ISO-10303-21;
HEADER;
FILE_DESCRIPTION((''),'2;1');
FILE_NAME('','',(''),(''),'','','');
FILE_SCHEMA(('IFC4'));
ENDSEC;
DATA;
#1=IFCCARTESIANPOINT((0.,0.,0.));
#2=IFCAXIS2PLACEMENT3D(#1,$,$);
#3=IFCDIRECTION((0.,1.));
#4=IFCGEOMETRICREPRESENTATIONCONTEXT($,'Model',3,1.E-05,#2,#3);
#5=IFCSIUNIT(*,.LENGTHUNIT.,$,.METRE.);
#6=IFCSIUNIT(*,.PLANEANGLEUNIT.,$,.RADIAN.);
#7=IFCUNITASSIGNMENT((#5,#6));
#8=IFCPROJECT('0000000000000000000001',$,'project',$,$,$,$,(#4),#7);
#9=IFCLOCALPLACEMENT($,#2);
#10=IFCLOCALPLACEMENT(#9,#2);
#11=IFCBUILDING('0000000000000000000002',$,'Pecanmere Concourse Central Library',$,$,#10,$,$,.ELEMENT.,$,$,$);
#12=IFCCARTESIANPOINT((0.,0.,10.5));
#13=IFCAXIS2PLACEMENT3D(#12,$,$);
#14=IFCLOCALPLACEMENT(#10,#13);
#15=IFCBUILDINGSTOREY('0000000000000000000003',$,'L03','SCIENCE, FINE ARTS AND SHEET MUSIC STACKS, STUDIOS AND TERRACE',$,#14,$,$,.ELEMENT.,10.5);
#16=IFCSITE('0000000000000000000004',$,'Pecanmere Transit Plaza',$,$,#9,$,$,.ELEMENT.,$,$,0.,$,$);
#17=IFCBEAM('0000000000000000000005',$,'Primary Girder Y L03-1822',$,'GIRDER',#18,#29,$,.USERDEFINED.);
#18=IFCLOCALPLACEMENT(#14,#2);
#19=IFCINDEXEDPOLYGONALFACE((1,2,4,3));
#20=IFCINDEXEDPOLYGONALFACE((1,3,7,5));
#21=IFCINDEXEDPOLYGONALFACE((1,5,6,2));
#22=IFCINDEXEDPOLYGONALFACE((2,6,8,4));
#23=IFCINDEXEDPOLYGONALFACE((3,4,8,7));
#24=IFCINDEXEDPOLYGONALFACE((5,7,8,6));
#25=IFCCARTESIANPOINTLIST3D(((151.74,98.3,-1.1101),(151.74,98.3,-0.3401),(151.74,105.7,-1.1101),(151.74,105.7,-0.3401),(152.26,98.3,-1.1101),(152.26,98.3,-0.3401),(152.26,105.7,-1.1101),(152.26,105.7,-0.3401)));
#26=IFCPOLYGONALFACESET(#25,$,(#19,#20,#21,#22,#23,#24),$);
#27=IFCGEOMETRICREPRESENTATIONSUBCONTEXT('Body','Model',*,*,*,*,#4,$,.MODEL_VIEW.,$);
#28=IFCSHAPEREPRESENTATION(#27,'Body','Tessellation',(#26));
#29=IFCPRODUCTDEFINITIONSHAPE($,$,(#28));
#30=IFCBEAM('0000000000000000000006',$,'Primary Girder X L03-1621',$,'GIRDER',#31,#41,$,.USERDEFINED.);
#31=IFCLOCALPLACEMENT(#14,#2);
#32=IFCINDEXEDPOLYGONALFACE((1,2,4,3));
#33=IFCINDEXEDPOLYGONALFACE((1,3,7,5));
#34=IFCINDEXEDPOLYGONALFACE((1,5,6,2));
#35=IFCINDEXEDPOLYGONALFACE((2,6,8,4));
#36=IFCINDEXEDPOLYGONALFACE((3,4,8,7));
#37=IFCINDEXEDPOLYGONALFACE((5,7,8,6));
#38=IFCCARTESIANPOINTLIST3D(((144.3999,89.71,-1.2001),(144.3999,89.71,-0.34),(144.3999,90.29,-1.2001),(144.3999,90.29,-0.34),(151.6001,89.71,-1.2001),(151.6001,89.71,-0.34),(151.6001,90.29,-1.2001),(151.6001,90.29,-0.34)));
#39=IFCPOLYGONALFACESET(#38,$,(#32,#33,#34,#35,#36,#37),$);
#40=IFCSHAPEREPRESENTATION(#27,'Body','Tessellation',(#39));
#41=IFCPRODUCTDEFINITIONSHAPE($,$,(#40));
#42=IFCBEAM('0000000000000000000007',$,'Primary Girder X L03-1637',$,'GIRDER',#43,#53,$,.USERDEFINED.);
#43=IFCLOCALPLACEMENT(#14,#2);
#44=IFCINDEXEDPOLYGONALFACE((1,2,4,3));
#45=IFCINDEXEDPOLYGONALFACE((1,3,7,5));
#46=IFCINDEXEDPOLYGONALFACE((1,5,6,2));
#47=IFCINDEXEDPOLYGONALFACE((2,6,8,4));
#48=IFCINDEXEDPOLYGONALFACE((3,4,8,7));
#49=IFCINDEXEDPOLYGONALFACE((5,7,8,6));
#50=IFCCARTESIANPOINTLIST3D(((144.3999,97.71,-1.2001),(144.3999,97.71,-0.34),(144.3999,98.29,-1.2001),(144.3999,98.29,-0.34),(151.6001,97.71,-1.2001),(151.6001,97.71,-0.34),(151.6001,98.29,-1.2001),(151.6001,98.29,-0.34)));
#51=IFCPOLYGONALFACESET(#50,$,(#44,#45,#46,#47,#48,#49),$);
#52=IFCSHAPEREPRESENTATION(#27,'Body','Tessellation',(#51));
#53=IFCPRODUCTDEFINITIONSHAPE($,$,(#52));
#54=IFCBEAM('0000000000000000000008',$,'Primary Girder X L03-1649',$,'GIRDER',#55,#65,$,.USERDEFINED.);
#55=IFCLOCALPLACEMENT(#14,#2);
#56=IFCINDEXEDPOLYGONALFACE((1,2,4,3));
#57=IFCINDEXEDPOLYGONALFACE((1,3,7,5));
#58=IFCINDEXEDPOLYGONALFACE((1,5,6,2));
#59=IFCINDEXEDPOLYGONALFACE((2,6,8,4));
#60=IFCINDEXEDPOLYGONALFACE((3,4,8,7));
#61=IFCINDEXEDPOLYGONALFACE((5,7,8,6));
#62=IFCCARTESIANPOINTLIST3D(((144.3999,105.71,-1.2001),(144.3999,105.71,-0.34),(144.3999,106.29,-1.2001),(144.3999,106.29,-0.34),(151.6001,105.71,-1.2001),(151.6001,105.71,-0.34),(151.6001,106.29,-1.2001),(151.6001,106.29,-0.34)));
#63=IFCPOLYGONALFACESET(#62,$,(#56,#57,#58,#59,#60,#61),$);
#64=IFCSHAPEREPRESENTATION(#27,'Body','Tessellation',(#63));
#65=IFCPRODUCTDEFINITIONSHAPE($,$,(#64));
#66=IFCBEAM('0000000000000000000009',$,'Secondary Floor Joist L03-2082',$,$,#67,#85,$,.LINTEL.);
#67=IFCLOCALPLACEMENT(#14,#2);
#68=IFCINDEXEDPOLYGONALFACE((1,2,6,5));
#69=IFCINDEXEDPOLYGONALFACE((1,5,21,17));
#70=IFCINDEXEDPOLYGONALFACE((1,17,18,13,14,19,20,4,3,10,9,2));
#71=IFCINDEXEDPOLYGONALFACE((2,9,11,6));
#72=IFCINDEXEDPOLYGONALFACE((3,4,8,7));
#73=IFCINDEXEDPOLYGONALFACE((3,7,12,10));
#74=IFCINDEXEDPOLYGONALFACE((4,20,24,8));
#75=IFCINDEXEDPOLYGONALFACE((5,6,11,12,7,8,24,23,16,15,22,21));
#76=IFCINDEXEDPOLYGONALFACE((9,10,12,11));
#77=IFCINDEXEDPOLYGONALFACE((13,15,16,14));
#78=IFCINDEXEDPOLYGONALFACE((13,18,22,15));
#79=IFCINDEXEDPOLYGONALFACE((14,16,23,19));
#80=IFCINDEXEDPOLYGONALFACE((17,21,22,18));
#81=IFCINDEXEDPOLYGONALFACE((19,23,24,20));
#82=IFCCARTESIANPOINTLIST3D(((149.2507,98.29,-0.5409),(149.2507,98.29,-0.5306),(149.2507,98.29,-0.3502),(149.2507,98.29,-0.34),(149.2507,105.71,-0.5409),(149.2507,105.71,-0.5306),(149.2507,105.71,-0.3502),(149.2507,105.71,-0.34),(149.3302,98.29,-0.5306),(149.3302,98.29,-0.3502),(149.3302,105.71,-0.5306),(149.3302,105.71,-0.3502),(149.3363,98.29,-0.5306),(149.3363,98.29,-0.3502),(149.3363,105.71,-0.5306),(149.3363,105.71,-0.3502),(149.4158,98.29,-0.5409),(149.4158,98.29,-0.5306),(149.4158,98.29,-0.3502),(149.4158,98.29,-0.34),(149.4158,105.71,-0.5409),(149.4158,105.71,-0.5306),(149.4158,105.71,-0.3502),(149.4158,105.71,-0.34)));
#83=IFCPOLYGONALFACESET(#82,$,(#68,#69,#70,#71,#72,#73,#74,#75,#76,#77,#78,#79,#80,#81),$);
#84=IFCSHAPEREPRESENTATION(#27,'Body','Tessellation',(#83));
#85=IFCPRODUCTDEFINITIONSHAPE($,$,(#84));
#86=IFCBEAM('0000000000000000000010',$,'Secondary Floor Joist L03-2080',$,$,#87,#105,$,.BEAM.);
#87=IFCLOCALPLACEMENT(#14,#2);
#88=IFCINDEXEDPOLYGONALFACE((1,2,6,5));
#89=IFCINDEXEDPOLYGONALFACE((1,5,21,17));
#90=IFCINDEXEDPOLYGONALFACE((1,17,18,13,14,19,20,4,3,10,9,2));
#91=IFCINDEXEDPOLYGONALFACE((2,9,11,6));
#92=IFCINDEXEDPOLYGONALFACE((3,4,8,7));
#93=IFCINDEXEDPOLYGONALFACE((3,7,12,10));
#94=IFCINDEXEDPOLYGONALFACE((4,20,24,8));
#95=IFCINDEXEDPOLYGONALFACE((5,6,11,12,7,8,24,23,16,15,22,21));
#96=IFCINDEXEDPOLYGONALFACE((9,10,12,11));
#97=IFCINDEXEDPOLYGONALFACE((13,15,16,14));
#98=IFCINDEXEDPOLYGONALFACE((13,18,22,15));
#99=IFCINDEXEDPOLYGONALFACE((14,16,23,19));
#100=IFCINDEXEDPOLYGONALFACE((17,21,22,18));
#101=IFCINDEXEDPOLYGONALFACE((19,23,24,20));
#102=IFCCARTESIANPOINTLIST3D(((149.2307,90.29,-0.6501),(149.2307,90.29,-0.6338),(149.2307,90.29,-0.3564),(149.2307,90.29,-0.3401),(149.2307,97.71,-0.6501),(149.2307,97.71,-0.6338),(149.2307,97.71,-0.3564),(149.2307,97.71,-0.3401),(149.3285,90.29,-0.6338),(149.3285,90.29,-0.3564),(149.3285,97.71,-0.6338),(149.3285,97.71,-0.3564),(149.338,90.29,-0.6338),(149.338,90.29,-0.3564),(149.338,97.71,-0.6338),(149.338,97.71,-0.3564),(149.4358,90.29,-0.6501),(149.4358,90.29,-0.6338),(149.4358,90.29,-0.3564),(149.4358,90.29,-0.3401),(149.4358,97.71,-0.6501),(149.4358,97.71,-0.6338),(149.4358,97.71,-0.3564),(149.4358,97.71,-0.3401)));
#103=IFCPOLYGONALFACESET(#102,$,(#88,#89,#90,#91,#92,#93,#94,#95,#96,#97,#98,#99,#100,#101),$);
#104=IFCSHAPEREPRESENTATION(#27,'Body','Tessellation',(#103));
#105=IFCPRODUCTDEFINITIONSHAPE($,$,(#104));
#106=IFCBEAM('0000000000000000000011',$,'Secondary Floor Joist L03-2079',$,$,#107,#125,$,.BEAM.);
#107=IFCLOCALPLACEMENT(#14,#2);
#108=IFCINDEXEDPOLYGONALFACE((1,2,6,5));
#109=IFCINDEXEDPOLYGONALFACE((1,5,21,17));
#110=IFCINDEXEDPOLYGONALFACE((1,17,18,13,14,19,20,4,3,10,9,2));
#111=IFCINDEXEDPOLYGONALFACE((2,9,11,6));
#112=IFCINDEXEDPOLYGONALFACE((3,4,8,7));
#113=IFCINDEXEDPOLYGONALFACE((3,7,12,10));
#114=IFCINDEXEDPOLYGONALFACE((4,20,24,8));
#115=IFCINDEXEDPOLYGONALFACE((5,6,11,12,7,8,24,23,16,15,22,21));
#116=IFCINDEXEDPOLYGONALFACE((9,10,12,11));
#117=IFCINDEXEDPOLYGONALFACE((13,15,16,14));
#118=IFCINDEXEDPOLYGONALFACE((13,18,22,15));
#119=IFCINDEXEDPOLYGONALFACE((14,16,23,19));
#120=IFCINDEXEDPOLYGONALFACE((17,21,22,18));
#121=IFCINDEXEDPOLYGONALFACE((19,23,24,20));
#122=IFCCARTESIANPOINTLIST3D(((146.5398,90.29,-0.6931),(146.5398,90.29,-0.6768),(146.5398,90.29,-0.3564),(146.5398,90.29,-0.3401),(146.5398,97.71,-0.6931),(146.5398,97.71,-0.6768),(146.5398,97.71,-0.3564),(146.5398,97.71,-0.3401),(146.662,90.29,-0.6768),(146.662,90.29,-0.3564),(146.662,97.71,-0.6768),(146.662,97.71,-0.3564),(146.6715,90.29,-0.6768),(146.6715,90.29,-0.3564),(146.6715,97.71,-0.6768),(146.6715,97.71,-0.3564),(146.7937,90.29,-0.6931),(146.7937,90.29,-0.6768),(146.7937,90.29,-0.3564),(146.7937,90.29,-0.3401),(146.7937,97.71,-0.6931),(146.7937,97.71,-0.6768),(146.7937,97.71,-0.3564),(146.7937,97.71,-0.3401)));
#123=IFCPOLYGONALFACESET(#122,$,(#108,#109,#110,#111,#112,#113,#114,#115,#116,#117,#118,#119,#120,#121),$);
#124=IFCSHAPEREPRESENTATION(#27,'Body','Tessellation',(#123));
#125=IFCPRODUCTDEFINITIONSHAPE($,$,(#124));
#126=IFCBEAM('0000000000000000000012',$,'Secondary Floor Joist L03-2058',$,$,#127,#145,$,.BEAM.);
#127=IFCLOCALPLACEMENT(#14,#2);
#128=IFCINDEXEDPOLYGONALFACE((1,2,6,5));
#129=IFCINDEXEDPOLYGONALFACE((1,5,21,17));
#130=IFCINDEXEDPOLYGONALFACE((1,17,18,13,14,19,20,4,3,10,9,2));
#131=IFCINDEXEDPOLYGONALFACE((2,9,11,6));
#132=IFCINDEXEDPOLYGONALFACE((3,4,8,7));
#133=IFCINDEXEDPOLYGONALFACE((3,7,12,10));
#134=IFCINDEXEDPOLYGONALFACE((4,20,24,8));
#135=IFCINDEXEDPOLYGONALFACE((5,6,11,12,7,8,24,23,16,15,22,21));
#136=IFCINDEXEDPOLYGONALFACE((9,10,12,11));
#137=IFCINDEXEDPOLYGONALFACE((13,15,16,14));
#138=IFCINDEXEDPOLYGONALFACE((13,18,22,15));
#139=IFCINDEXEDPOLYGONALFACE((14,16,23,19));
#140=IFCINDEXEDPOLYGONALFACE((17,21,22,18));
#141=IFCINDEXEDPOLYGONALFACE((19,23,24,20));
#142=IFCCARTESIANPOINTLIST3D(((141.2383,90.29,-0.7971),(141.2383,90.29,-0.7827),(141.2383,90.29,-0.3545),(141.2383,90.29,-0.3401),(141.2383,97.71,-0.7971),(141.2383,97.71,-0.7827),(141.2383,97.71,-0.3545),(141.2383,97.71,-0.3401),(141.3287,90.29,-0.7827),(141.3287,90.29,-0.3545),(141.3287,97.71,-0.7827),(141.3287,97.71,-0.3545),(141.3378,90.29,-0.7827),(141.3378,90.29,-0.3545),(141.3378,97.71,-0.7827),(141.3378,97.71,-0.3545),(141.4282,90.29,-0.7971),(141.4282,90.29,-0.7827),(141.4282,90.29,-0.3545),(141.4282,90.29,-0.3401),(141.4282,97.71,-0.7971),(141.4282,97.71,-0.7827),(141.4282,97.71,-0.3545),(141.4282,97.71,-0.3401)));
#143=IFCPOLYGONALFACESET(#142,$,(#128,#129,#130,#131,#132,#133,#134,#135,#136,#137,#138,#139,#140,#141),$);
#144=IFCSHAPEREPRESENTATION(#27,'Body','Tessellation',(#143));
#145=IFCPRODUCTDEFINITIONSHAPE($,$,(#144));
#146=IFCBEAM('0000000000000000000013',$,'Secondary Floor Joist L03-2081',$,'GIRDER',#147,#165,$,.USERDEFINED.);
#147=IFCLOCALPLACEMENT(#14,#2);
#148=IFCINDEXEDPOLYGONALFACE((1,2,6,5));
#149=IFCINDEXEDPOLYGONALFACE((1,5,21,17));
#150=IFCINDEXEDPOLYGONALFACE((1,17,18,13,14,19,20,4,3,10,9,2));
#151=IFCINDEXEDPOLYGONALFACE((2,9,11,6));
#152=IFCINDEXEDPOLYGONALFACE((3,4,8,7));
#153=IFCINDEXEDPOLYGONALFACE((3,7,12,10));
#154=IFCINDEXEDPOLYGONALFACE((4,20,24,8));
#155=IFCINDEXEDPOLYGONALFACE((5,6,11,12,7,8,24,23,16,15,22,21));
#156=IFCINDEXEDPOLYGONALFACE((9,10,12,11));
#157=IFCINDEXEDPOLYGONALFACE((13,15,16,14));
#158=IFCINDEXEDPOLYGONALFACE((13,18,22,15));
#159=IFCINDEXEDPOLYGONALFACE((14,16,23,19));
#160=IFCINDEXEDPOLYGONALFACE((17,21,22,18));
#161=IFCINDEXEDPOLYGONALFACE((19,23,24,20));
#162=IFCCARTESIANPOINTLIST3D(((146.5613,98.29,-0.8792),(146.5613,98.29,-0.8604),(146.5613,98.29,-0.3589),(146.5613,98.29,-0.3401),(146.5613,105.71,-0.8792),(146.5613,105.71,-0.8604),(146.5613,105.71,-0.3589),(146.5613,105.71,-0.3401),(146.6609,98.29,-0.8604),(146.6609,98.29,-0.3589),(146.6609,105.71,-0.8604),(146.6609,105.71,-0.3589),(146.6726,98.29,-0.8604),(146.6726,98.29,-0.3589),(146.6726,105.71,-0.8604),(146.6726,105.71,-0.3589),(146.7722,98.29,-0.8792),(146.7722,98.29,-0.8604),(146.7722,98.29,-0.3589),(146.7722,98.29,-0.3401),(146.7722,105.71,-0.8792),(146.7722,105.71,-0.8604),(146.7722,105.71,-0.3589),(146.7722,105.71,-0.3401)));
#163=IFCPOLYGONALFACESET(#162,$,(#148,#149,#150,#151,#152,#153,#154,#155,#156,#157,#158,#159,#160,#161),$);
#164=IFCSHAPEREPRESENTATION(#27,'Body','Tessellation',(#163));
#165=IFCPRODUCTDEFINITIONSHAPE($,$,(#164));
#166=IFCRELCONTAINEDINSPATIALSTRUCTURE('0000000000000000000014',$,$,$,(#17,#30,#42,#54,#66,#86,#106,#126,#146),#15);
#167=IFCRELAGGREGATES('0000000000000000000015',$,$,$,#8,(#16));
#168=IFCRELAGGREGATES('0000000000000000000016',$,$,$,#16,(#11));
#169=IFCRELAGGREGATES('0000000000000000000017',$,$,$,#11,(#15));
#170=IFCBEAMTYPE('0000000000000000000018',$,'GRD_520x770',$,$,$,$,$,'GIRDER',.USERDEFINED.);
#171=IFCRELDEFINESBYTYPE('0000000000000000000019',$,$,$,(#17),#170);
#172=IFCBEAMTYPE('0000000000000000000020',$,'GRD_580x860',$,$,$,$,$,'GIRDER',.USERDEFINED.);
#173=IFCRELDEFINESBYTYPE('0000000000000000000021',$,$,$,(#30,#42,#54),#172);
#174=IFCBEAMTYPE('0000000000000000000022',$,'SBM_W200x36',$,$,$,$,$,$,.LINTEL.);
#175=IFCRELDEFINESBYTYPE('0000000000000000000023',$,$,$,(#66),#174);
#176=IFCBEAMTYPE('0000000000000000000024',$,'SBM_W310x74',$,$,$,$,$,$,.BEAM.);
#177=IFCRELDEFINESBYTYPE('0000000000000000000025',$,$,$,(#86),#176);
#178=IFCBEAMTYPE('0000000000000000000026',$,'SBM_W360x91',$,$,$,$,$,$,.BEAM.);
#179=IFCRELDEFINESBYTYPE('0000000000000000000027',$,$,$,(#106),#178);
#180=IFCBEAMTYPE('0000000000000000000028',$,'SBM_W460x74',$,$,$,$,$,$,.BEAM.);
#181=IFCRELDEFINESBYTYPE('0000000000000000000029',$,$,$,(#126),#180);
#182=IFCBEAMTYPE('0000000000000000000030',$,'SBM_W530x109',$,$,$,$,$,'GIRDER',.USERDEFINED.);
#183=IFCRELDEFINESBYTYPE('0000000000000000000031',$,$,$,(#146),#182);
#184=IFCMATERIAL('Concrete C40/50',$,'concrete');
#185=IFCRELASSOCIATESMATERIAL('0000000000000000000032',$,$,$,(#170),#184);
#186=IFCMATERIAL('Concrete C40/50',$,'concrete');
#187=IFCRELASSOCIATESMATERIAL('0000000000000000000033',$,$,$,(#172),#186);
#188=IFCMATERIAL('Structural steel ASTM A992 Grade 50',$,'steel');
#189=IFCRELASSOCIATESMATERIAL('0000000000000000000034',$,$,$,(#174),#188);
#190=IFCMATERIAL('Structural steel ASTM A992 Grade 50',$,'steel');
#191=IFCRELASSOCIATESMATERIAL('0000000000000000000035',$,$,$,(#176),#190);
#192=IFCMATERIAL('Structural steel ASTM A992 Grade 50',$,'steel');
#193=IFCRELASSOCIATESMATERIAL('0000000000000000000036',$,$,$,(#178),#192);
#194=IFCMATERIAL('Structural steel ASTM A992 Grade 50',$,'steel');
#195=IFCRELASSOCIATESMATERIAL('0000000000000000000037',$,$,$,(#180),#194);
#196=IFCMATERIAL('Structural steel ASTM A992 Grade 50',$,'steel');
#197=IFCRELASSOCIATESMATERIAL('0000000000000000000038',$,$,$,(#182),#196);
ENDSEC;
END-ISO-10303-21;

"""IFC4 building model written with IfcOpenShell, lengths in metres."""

from ifc_helpers import new_model, si_unit, direction, frame, origin, origin_2d, place, context, subcontext, project, spatial, rectangle, i_section, extrude, material, material_profile, profile_set, type_object, element, save


model = new_model("IFC4")

# Units and contexts
model_context = context("Model", 3, precision=1e-05, world=origin(), true_north=direction((0.0, 1.0)))
body_context = subcontext(model_context, "Body", "Model", "MODEL_VIEW")
ifc_project = project(units=[si_unit("LENGTHUNIT", "METRE"), si_unit("PLANEANGLEUNIT", "RADIAN")], contexts=[model_context])

# Site, building, storey
site_placement = place(None, origin())
site = spatial("IfcSite", under=ifc_project, at=site_placement, Name="Pecanmere Transit Plaza", CompositionType="ELEMENT", RefElevation=0.0)
building_placement = place(site_placement, origin())
building = spatial("IfcBuilding", under=site, at=building_placement, Name="Pecanmere Concourse Central Library", CompositionType="ELEMENT")
storey_placement = place(building_placement, frame((0.0, 0.0, 10.5)))
storey = spatial("IfcBuildingStorey", under=building, at=storey_placement, Name="L03", Description="SCIENCE, FINE ARTS AND SHEET MUSIC STACKS, STUDIOS AND TERRACE", CompositionType="ELEMENT", Elevation=10.5)

# Beams
ifc_material_1 = material(Name="Concrete C40/50", Category="concrete")
ifc_material_profile_1 = material_profile(ifc_material_1, rectangle(XDim=0.52, YDim=0.77, at=origin_2d()), Name="RC 520x770")
ifc_profile_set_1 = profile_set([ifc_material_profile_1], Name="Concrete C40/50")
beam_type_1 = type_object("IfcBeamType", Name="GRD_520x770", ElementType="GIRDER", PredefinedType="USERDEFINED", material=ifc_profile_set_1)
for number, where, z_axis, x_axis, name in (
    (1, (152.0, 98.3, -0.7251), (0.0, 1.0, 0.0), (-1.0, 0.0, 0.0), "Primary Girder Y L03-1822"),
):
    element("IfcBeam", number, at=place(storey_placement, frame(where, z_axis=z_axis, x_axis=x_axis)), inside=storey, type_object=beam_type_1, Name=name, ObjectType="GIRDER", PredefinedType="USERDEFINED", context=body_context, shape_type="SweptSolid", body=[
        extrude(rectangle(XDim=0.52, YDim=0.77, at=origin_2d()), origin(), (0.0, 0.0, 1.0), 7.3999),
    ])
ifc_material_2 = material(Name="Concrete C40/50", Category="concrete")
ifc_material_profile_2 = material_profile(ifc_material_2, rectangle(XDim=0.5801, YDim=0.8601, at=origin_2d()), Name="RC 580x860")
ifc_profile_set_2 = profile_set([ifc_material_profile_2], Name="Concrete C40/50")
beam_type_2 = type_object("IfcBeamType", Name="GRD_580x860", ElementType="GIRDER", PredefinedType="USERDEFINED", material=ifc_profile_set_2)
for number, where, z_axis, x_axis, name in (
    (2, (144.3999, 90.0, -0.77), (1.0, 0.0, 0.0), (0.0, 1.0, 0.0), "Primary Girder X L03-1621"),
    (3, (144.3999, 98.0, -0.77), (1.0, 0.0, 0.0), (0.0, 1.0, 0.0), "Primary Girder X L03-1637"),
    (4, (144.3999, 106.0, -0.77), (1.0, 0.0, 0.0), (0.0, 1.0, 0.0), "Primary Girder X L03-1649"),
):
    element("IfcBeam", number, at=place(storey_placement, frame(where, z_axis=z_axis, x_axis=x_axis)), inside=storey, type_object=beam_type_2, Name=name, ObjectType="GIRDER", PredefinedType="USERDEFINED", context=body_context, shape_type="SweptSolid", body=[
        extrude(rectangle(XDim=0.5801, YDim=0.8601, at=origin_2d()), origin(), (0.0, 0.0, 1.0), 7.2002),
    ])
ifc_material_3 = material(Name="Structural steel ASTM A992 Grade 50", Category="steel")
ifc_material_profile_3 = material_profile(ifc_material_3, i_section(OverallWidth=0.165, OverallDepth=0.2009, WebThickness=0.0061, FlangeThickness=0.0103, at=origin_2d()), Name="W200x35.9")
ifc_profile_set_3 = profile_set([ifc_material_profile_3], Name="Structural steel ASTM A992 Grade 50")
beam_type_3 = type_object("IfcBeamType", Name="SBM_W200x36", PredefinedType="LINTEL", material=ifc_profile_set_3)
beam_1_placement = place(storey_placement, frame((149.3333, 98.29, -0.4404), z_axis=(0.0, 1.0, 0.0), x_axis=(-1.0, 0.0, 0.0)))
element("IfcBeam", 5, at=beam_1_placement, inside=storey, type_object=beam_type_3, Name="Secondary Floor Joist L03-2082", PredefinedType="LINTEL", context=body_context, shape_type="SweptSolid", body=[
    extrude(i_section(OverallWidth=0.165, OverallDepth=0.2009, WebThickness=0.0061, FlangeThickness=0.0103, at=origin_2d()), origin(), (0.0, 0.0, 1.0), 7.4199),
])
ifc_material_4 = material(Name="Structural steel ASTM A992 Grade 50", Category="steel")
ifc_material_profile_4 = material_profile(ifc_material_4, i_section(OverallWidth=0.2051, OverallDepth=0.3101, WebThickness=0.0095, FlangeThickness=0.0164, at=origin_2d()), Name="W310x74")
ifc_profile_set_4 = profile_set([ifc_material_profile_4], Name="Structural steel ASTM A992 Grade 50")
beam_type_4 = type_object("IfcBeamType", Name="SBM_W310x74", PredefinedType="BEAM", material=ifc_profile_set_4)
beam_2_placement = place(storey_placement, frame((149.3333, 90.29, -0.4951), z_axis=(0.0, 1.0, 0.0), x_axis=(-1.0, 0.0, 0.0)))
element("IfcBeam", 6, at=beam_2_placement, inside=storey, type_object=beam_type_4, Name="Secondary Floor Joist L03-2080", PredefinedType="BEAM", context=body_context, shape_type="SweptSolid", body=[
    extrude(i_section(OverallWidth=0.2051, OverallDepth=0.3101, WebThickness=0.0095, FlangeThickness=0.0164, at=origin_2d()), origin(), (0.0, 0.0, 1.0), 7.4199),
])
ifc_material_5 = material(Name="Structural steel ASTM A992 Grade 50", Category="steel")
ifc_material_profile_5 = material_profile(ifc_material_5, i_section(OverallWidth=0.2539, OverallDepth=0.353, WebThickness=0.0095, FlangeThickness=0.0164, at=origin_2d()), Name="W360x91")
ifc_profile_set_5 = profile_set([ifc_material_profile_5], Name="Structural steel ASTM A992 Grade 50")
beam_type_5 = type_object("IfcBeamType", Name="SBM_W360x91", PredefinedType="BEAM", material=ifc_profile_set_5)
beam_3_placement = place(storey_placement, frame((146.6667, 90.29, -0.5166), z_axis=(0.0, 1.0, 0.0), x_axis=(-1.0, 0.0, 0.0)))
element("IfcBeam", 7, at=beam_3_placement, inside=storey, type_object=beam_type_5, Name="Secondary Floor Joist L03-2079", PredefinedType="BEAM", context=body_context, shape_type="SweptSolid", body=[
    extrude(i_section(OverallWidth=0.2539, OverallDepth=0.353, WebThickness=0.0095, FlangeThickness=0.0164, at=origin_2d()), origin(), (0.0, 0.0, 1.0), 7.4199),
])
ifc_material_6 = material(Name="Structural steel ASTM A992 Grade 50", Category="steel")
ifc_material_profile_6 = material_profile(ifc_material_6, i_section(OverallWidth=0.1899, OverallDepth=0.457, WebThickness=0.009, FlangeThickness=0.0144, at=origin_2d()), Name="W460x74")
ifc_profile_set_6 = profile_set([ifc_material_profile_6], Name="Structural steel ASTM A992 Grade 50")
beam_type_6 = type_object("IfcBeamType", Name="SBM_W460x74", PredefinedType="BEAM", material=ifc_profile_set_6)
beam_4_placement = place(storey_placement, frame((141.3333, 90.29, -0.5686), z_axis=(0.0, 1.0, 0.0), x_axis=(-1.0, 0.0, 0.0)))
element("IfcBeam", 8, at=beam_4_placement, inside=storey, type_object=beam_type_6, Name="Secondary Floor Joist L03-2058", PredefinedType="BEAM", context=body_context, shape_type="SweptSolid", body=[
    extrude(i_section(OverallWidth=0.1899, OverallDepth=0.457, WebThickness=0.009, FlangeThickness=0.0144, at=origin_2d()), origin(), (0.0, 0.0, 1.0), 7.4199),
])
ifc_material_7 = material(Name="Structural steel ASTM A992 Grade 50", Category="steel")
ifc_material_profile_7 = material_profile(ifc_material_7, i_section(OverallWidth=0.2109, OverallDepth=0.5391, WebThickness=0.0117, FlangeThickness=0.0188, at=origin_2d()), Name="W530x109")
ifc_profile_set_7 = profile_set([ifc_material_profile_7], Name="Structural steel ASTM A992 Grade 50")
beam_type_7 = type_object("IfcBeamType", Name="SBM_W530x109", ElementType="GIRDER", PredefinedType="USERDEFINED", material=ifc_profile_set_7)
beam_5_placement = place(storey_placement, frame((146.6667, 98.29, -0.6096), z_axis=(0.0, 1.0, 0.0), x_axis=(-1.0, 0.0, 0.0)))
element("IfcBeam", 9, at=beam_5_placement, inside=storey, type_object=beam_type_7, Name="Secondary Floor Joist L03-2081", ObjectType="GIRDER", PredefinedType="USERDEFINED", context=body_context, shape_type="SweptSolid", body=[
    extrude(i_section(OverallWidth=0.2109, OverallDepth=0.5391, WebThickness=0.0117, FlangeThickness=0.0188, at=origin_2d()), origin(), (0.0, 0.0, 1.0), 7.4199),
])

save(model, "model.ifc")
